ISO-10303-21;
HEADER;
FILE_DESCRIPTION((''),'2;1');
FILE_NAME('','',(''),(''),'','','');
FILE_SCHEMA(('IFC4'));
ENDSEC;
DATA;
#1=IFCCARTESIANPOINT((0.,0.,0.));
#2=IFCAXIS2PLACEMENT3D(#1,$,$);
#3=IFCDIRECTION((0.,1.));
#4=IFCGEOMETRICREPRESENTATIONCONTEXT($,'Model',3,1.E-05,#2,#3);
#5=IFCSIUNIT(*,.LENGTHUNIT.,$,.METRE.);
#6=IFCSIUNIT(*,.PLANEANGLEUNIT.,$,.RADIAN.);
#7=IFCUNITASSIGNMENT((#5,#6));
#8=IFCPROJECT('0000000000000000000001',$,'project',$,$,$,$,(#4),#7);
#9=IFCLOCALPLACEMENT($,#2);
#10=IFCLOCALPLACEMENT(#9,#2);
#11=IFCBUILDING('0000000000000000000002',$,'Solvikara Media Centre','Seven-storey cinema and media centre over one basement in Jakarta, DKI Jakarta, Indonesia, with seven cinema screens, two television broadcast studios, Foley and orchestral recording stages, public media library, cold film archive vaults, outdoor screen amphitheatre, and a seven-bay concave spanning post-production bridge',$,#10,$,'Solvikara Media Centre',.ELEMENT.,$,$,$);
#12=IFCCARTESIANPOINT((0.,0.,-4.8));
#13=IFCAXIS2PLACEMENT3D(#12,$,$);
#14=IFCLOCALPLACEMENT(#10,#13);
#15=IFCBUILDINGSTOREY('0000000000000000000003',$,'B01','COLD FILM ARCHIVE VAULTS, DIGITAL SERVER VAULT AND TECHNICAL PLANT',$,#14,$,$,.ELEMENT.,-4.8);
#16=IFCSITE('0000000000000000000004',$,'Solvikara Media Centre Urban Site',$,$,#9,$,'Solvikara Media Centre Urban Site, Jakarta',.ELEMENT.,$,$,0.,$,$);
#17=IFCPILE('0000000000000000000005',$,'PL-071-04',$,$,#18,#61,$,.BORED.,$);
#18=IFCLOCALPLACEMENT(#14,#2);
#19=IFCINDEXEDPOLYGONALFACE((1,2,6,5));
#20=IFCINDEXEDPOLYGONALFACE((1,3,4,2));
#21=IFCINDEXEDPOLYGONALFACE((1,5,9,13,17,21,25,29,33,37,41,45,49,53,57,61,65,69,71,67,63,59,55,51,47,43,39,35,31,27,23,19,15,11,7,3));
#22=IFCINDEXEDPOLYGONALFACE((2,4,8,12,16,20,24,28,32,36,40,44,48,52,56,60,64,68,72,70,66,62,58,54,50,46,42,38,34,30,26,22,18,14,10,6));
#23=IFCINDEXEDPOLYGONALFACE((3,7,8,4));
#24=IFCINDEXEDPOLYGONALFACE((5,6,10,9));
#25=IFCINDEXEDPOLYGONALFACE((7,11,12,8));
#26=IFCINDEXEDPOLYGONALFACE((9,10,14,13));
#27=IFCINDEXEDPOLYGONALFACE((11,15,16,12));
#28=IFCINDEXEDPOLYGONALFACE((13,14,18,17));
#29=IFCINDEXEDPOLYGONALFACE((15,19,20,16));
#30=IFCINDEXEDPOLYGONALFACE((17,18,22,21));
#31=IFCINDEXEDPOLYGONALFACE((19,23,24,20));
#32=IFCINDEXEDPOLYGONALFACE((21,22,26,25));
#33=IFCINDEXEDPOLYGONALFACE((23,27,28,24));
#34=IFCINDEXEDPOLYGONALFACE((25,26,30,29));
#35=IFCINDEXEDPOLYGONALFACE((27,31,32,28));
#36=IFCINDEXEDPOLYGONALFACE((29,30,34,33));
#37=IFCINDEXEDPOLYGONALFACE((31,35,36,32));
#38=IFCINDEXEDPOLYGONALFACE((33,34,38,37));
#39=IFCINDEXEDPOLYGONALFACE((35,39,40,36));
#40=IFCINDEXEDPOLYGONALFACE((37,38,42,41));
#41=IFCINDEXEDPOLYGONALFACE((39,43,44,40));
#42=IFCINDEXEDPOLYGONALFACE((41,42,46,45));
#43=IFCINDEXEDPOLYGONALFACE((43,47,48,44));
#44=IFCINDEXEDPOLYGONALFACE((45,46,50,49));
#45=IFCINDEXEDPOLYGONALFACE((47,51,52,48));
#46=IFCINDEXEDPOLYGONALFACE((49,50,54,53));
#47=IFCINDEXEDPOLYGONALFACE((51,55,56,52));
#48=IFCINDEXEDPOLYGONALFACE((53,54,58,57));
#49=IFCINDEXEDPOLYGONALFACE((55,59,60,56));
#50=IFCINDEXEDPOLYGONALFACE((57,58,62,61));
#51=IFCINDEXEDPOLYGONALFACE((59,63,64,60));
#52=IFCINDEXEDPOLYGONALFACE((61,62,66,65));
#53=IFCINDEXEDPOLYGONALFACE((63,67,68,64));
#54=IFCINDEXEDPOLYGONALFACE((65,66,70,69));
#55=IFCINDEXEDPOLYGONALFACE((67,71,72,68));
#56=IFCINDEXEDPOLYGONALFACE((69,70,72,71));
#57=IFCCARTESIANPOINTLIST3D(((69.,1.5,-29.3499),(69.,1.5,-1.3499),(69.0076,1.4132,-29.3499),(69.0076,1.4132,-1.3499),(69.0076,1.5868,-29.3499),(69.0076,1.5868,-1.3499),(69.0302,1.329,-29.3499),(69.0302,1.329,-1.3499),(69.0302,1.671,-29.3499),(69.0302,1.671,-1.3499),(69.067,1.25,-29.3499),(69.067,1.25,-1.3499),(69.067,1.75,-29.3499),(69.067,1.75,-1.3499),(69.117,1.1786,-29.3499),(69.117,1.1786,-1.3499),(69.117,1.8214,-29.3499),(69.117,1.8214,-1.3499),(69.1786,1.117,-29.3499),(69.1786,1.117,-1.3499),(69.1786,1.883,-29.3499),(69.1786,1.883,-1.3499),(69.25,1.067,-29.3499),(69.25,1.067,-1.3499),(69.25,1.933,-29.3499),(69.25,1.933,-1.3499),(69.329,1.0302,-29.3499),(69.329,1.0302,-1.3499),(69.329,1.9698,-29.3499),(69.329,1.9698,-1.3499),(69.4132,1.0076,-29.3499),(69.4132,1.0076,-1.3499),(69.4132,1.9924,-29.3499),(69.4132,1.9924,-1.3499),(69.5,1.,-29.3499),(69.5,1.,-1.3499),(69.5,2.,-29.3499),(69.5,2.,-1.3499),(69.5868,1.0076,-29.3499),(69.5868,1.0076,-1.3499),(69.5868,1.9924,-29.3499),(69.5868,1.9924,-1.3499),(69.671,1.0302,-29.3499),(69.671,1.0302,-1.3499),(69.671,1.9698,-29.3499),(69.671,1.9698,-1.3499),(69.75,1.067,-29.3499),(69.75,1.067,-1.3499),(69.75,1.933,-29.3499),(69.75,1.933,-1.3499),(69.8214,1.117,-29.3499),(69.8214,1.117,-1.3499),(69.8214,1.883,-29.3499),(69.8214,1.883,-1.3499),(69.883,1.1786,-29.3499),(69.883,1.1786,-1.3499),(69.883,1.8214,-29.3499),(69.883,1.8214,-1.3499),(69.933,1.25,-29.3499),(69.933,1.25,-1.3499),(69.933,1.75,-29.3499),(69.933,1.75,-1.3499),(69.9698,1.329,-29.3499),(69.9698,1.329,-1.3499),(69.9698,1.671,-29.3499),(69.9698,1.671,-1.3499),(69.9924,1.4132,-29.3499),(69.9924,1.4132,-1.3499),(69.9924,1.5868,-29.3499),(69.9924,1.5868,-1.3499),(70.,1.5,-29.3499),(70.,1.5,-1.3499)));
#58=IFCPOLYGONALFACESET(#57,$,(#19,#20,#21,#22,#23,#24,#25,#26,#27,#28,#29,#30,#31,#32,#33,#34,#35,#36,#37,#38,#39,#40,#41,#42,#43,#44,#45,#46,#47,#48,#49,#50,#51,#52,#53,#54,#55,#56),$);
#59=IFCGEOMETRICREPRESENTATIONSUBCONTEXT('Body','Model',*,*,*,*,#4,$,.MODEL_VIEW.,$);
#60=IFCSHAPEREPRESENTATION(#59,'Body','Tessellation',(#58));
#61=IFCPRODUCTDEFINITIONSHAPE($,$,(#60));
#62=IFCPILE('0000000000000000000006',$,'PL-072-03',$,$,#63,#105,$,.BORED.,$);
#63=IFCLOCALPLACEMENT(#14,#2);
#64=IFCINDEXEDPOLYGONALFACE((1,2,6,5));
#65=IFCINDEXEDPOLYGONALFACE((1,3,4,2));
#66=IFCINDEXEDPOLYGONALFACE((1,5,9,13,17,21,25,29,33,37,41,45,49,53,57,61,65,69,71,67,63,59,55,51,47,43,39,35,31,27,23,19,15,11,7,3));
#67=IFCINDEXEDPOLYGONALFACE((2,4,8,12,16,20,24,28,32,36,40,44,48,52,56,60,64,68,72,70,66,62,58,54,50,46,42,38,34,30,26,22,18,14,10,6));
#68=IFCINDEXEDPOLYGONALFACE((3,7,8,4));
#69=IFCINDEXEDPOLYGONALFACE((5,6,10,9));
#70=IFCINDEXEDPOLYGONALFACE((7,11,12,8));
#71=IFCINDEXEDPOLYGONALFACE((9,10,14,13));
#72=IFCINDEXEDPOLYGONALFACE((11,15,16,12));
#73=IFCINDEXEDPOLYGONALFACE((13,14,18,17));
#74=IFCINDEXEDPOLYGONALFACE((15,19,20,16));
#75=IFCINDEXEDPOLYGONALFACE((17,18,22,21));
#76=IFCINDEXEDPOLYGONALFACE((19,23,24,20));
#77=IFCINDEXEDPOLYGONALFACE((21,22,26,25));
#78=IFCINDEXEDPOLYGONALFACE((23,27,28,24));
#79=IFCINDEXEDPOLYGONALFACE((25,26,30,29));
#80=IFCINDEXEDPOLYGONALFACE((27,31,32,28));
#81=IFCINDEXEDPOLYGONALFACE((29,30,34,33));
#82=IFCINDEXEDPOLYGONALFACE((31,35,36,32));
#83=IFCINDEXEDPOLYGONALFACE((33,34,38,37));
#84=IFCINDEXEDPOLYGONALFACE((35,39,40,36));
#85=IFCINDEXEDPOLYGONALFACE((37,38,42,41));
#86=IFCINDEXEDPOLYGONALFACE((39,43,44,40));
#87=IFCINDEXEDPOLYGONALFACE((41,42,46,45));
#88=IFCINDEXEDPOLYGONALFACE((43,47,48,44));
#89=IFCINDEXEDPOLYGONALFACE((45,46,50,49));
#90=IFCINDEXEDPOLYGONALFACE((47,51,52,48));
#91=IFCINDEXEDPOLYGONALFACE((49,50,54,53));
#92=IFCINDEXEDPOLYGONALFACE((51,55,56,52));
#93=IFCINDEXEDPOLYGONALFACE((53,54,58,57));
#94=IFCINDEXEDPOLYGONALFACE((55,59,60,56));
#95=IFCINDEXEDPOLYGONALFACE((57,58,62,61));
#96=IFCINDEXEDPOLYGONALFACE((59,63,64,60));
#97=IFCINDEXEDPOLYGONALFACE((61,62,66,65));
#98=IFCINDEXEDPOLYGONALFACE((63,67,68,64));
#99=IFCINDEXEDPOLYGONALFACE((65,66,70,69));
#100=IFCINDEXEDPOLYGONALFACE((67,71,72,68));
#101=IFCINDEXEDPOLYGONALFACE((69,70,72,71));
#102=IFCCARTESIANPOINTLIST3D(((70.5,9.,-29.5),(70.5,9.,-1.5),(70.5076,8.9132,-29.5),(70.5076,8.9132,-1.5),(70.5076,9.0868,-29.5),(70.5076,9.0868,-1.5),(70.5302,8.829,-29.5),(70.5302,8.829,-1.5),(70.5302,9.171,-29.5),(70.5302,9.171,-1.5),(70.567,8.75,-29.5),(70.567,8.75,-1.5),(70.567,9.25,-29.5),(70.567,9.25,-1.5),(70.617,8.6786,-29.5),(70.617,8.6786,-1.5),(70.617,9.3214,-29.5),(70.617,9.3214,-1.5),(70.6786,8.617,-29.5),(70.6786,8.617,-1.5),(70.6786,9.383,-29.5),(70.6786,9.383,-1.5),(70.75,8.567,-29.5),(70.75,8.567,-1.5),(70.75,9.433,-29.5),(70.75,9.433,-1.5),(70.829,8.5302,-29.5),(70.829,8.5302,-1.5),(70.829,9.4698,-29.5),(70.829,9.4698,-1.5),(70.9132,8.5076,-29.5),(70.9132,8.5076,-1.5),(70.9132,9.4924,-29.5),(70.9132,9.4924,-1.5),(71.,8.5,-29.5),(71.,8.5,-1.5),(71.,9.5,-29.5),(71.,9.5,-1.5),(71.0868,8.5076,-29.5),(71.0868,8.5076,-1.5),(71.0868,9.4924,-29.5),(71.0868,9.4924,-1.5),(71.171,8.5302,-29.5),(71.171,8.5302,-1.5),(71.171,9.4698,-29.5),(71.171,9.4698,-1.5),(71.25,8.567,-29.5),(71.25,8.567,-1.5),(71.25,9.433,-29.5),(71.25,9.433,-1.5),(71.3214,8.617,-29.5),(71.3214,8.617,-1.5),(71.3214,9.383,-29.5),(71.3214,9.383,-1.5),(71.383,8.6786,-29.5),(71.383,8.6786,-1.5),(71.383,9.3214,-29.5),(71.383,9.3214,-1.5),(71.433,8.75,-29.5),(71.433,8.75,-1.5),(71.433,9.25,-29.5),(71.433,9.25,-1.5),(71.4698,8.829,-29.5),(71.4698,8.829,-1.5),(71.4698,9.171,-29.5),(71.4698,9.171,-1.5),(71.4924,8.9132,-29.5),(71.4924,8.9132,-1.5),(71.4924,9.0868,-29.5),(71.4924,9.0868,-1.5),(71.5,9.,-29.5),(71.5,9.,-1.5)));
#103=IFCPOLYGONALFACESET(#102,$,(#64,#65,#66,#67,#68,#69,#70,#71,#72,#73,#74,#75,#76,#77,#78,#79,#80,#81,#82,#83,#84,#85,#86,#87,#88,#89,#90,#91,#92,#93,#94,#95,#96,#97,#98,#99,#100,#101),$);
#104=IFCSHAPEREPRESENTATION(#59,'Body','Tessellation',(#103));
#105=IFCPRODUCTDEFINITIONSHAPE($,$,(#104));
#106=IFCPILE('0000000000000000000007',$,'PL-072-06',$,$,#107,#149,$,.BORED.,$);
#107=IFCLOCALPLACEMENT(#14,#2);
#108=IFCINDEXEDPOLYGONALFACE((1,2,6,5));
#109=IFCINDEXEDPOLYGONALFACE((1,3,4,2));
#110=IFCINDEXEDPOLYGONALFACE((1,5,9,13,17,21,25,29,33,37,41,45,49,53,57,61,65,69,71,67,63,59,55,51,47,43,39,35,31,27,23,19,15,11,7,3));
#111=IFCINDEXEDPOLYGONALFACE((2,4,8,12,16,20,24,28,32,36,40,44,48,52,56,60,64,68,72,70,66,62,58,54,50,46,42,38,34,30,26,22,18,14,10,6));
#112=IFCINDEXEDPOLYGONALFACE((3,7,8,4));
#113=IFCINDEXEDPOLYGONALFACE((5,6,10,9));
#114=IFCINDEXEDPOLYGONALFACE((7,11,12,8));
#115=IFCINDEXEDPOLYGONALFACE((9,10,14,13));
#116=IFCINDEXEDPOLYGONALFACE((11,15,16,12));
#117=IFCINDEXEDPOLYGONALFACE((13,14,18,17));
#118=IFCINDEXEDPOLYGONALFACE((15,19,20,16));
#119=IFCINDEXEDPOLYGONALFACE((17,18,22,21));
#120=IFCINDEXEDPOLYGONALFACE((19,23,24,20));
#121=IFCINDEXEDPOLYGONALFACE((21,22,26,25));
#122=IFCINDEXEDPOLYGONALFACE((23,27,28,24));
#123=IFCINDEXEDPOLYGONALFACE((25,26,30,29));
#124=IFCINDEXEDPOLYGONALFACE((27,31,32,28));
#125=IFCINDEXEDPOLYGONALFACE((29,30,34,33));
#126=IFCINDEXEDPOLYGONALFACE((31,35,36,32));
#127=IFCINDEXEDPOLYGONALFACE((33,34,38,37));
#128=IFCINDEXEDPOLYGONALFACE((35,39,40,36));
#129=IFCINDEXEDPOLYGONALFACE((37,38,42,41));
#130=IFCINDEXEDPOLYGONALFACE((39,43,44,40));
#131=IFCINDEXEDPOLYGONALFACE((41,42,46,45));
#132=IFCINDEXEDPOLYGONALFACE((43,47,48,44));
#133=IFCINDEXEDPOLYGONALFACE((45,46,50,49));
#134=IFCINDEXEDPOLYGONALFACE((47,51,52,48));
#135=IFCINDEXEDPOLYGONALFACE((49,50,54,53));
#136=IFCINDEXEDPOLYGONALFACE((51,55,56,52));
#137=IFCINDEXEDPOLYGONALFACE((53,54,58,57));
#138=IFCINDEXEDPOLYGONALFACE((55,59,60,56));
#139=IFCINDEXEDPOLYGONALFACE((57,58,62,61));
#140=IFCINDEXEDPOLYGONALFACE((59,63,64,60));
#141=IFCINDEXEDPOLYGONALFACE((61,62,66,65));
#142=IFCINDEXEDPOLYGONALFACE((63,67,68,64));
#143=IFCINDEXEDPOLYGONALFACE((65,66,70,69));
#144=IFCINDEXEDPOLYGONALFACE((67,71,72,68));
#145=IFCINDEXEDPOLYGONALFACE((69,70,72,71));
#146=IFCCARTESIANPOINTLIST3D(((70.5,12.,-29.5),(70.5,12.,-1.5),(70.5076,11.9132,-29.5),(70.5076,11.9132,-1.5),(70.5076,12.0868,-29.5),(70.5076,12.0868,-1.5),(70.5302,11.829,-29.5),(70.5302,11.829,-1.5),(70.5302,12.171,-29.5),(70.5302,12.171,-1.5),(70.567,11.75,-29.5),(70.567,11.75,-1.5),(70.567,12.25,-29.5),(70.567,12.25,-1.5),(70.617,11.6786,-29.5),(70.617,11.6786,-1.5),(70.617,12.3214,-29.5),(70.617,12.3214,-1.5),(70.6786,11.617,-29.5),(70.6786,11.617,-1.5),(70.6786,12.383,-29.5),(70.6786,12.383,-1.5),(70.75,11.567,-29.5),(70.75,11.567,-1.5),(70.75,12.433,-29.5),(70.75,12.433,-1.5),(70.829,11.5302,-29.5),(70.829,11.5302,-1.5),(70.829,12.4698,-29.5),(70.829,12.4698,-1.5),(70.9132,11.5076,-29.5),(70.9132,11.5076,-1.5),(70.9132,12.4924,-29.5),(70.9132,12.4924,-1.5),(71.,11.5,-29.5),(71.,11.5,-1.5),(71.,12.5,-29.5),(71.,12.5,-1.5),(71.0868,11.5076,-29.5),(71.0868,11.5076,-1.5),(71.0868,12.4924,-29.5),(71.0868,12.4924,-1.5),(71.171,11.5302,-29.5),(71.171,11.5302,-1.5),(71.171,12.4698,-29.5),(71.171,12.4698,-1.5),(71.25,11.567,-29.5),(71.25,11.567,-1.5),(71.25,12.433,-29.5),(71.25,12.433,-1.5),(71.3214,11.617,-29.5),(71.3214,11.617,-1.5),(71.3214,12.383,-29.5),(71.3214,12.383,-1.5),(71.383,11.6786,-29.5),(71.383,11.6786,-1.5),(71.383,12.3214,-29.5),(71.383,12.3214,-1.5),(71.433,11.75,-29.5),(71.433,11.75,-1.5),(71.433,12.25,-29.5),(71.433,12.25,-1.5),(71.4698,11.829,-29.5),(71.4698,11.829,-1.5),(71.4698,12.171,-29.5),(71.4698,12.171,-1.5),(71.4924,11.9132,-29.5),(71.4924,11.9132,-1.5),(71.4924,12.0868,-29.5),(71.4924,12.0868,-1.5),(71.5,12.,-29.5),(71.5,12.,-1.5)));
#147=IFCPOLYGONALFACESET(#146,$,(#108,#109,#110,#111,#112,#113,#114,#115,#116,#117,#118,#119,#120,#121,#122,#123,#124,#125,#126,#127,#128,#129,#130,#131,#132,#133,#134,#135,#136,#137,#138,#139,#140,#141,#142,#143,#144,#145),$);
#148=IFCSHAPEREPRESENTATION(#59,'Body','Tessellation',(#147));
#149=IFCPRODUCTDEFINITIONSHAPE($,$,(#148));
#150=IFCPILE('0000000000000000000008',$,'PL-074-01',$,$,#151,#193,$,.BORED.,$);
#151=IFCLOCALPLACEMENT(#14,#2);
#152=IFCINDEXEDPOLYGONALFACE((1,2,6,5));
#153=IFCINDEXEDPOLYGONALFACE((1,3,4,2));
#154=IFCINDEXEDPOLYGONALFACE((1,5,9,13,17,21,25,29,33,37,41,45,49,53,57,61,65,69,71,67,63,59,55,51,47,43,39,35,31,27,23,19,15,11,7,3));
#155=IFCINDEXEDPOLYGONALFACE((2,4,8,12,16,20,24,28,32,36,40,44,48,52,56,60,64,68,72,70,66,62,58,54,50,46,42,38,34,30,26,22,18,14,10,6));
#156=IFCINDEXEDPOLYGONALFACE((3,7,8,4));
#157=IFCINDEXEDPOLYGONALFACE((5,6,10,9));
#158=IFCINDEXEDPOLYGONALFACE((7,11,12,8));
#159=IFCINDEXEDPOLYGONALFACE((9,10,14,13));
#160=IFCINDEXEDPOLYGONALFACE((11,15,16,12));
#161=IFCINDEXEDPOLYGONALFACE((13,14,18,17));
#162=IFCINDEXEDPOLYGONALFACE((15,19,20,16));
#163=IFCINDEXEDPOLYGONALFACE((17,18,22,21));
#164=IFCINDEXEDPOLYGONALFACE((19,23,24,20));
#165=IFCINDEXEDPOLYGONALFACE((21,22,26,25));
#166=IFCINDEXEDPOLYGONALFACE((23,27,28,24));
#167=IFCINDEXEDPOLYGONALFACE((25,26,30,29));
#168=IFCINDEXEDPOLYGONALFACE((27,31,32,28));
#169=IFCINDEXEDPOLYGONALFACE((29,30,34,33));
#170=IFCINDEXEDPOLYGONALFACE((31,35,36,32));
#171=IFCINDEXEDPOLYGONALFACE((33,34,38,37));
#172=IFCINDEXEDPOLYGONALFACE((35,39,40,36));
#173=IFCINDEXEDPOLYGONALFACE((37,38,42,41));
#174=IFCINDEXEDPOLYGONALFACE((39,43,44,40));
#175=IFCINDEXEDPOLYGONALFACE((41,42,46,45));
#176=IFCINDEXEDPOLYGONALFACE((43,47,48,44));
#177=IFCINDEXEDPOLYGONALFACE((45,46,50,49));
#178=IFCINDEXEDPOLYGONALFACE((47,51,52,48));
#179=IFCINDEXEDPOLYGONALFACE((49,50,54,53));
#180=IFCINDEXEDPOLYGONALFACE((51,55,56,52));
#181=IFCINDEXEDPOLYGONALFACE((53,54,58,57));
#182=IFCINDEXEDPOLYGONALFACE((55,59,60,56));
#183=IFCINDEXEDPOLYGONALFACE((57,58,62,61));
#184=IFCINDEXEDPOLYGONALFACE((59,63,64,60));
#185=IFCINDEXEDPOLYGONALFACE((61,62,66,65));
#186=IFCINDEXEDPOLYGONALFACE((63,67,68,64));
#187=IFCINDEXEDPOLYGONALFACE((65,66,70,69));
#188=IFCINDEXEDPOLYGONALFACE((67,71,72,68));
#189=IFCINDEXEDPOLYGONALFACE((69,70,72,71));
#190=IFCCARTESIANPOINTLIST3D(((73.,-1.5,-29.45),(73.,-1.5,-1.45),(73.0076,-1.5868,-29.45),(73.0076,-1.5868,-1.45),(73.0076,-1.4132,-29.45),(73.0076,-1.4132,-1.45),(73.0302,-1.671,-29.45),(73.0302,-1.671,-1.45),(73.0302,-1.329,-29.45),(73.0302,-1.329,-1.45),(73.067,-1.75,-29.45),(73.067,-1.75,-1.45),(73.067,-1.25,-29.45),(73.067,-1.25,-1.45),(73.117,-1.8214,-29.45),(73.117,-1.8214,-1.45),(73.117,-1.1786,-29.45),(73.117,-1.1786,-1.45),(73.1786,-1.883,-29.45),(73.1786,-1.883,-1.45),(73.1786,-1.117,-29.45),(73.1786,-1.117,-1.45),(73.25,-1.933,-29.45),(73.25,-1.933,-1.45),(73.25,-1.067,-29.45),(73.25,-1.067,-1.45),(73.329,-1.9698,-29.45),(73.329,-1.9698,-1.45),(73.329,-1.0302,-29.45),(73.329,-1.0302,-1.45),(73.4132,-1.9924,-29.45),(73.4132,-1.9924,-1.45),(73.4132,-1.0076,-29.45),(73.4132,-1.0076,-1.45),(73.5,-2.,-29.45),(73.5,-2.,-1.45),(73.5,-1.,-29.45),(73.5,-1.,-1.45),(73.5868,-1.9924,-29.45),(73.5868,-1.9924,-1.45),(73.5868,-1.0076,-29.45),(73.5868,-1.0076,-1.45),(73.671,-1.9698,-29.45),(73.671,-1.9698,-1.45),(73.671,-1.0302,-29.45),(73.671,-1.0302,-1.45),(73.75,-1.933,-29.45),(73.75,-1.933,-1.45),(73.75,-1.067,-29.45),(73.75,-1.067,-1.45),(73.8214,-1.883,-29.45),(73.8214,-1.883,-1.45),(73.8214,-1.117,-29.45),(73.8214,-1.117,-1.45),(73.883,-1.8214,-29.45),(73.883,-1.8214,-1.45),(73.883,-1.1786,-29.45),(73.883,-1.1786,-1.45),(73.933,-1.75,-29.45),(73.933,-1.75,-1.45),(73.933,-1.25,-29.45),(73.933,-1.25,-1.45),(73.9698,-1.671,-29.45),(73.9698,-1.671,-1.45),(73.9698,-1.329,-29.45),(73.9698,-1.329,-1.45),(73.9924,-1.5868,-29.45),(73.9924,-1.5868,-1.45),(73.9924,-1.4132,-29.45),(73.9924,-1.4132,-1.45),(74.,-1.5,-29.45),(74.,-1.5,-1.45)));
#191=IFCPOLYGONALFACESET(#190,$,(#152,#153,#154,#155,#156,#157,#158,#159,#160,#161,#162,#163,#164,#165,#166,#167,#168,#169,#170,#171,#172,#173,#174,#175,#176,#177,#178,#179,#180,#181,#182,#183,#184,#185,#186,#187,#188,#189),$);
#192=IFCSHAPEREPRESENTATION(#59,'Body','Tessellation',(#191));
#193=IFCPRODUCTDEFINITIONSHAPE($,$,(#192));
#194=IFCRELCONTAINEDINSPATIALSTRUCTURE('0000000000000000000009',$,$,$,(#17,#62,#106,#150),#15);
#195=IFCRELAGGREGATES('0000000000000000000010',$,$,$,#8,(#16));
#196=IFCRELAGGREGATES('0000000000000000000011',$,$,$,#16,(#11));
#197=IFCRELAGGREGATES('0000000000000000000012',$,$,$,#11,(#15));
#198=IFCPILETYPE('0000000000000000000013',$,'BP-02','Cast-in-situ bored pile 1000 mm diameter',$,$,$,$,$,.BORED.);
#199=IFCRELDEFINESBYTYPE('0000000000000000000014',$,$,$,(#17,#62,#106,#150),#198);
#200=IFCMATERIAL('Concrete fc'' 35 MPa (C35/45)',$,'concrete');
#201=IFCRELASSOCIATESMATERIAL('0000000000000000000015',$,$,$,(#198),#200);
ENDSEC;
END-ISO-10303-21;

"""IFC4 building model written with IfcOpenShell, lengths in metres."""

from ifc_helpers import new_model, si_unit, direction, frame, origin, origin_2d, place, context, subcontext, project, spatial, circle, extrude, material, material_profile, profile_set, type_object, element, save


model = new_model("IFC4")

# Units and contexts
model_context = context("Model", 3, precision=1e-05, world=origin(), true_north=direction((0.0, 1.0)))
body_context = subcontext(model_context, "Body", "Model", "MODEL_VIEW")
ifc_project = project(units=[si_unit("LENGTHUNIT", "METRE"), si_unit("PLANEANGLEUNIT", "RADIAN")], contexts=[model_context])

# Site, building, storey
site_placement = place(None, origin())
site = spatial("IfcSite", under=ifc_project, at=site_placement, Name="Solvikara Media Centre Urban Site", LongName="Solvikara Media Centre Urban Site, Jakarta", CompositionType="ELEMENT", RefElevation=0.0)
building_placement = place(site_placement, origin())
building = spatial("IfcBuilding", under=site, at=building_placement, Name="Solvikara Media Centre", Description="Seven-storey cinema and media centre over one basement in Jakarta, DKI Jakarta, Indonesia, with seven cinema screens, two television broadcast studios, Foley and orchestral recording stages, public media library, cold film archive vaults, outdoor screen amphitheatre, and a seven-bay concave spanning post-production bridge", LongName="Solvikara Media Centre", CompositionType="ELEMENT")
storey_placement = place(building_placement, frame((0.0, 0.0, -4.8)))
storey = spatial("IfcBuildingStorey", under=building, at=storey_placement, Name="B01", Description="COLD FILM ARCHIVE VAULTS, DIGITAL SERVER VAULT AND TECHNICAL PLANT", CompositionType="ELEMENT", Elevation=-4.8)

# Piles
ifc_material_1 = material(Name="Concrete fc' 35 MPa (C35/45)", Category="concrete")
ifc_material_profile_1 = material_profile(ifc_material_1, circle(Radius=0.5, at=origin_2d()), Name="BORED PILE D1000")
ifc_profile_set_1 = profile_set([ifc_material_profile_1], Name="Concrete fc' 35 MPa (C35/45)")
pile_type_1 = type_object("IfcPileType", Name="BP-02", Description="Cast-in-situ bored pile 1000 mm diameter", PredefinedType="BORED", material=ifc_profile_set_1)
for number, where, z_axis, x_axis, name in (
    (1, (69.5, 1.5, -1.3499), (0.0, 0.0, -1.0), (1.0, 0.0, 0.0), "PL-071-04"),
    (2, (71.0, 9.0, -1.5), (0.0, 0.0, -1.0), (1.0, 0.0, 0.0), "PL-072-03"),
    (3, (71.0, 12.0, -1.5), (0.0, 0.0, -1.0), (1.0, 0.0, 0.0), "PL-072-06"),
    (4, (73.5, -1.5, -1.45), (0.0, 0.0, -1.0), (1.0, 0.0, 0.0), "PL-074-01"),
):
    element("IfcPile", number, at=place(storey_placement, frame(where, z_axis=z_axis, x_axis=x_axis)), inside=storey, type_object=pile_type_1, Name=name, PredefinedType="BORED", context=body_context, shape_type="SweptSolid", body=[
        extrude(circle(Radius=0.5, at=origin_2d()), origin(), (0.0, 0.0, 1.0), 28.0),
    ])

save(model, "model.ifc")
